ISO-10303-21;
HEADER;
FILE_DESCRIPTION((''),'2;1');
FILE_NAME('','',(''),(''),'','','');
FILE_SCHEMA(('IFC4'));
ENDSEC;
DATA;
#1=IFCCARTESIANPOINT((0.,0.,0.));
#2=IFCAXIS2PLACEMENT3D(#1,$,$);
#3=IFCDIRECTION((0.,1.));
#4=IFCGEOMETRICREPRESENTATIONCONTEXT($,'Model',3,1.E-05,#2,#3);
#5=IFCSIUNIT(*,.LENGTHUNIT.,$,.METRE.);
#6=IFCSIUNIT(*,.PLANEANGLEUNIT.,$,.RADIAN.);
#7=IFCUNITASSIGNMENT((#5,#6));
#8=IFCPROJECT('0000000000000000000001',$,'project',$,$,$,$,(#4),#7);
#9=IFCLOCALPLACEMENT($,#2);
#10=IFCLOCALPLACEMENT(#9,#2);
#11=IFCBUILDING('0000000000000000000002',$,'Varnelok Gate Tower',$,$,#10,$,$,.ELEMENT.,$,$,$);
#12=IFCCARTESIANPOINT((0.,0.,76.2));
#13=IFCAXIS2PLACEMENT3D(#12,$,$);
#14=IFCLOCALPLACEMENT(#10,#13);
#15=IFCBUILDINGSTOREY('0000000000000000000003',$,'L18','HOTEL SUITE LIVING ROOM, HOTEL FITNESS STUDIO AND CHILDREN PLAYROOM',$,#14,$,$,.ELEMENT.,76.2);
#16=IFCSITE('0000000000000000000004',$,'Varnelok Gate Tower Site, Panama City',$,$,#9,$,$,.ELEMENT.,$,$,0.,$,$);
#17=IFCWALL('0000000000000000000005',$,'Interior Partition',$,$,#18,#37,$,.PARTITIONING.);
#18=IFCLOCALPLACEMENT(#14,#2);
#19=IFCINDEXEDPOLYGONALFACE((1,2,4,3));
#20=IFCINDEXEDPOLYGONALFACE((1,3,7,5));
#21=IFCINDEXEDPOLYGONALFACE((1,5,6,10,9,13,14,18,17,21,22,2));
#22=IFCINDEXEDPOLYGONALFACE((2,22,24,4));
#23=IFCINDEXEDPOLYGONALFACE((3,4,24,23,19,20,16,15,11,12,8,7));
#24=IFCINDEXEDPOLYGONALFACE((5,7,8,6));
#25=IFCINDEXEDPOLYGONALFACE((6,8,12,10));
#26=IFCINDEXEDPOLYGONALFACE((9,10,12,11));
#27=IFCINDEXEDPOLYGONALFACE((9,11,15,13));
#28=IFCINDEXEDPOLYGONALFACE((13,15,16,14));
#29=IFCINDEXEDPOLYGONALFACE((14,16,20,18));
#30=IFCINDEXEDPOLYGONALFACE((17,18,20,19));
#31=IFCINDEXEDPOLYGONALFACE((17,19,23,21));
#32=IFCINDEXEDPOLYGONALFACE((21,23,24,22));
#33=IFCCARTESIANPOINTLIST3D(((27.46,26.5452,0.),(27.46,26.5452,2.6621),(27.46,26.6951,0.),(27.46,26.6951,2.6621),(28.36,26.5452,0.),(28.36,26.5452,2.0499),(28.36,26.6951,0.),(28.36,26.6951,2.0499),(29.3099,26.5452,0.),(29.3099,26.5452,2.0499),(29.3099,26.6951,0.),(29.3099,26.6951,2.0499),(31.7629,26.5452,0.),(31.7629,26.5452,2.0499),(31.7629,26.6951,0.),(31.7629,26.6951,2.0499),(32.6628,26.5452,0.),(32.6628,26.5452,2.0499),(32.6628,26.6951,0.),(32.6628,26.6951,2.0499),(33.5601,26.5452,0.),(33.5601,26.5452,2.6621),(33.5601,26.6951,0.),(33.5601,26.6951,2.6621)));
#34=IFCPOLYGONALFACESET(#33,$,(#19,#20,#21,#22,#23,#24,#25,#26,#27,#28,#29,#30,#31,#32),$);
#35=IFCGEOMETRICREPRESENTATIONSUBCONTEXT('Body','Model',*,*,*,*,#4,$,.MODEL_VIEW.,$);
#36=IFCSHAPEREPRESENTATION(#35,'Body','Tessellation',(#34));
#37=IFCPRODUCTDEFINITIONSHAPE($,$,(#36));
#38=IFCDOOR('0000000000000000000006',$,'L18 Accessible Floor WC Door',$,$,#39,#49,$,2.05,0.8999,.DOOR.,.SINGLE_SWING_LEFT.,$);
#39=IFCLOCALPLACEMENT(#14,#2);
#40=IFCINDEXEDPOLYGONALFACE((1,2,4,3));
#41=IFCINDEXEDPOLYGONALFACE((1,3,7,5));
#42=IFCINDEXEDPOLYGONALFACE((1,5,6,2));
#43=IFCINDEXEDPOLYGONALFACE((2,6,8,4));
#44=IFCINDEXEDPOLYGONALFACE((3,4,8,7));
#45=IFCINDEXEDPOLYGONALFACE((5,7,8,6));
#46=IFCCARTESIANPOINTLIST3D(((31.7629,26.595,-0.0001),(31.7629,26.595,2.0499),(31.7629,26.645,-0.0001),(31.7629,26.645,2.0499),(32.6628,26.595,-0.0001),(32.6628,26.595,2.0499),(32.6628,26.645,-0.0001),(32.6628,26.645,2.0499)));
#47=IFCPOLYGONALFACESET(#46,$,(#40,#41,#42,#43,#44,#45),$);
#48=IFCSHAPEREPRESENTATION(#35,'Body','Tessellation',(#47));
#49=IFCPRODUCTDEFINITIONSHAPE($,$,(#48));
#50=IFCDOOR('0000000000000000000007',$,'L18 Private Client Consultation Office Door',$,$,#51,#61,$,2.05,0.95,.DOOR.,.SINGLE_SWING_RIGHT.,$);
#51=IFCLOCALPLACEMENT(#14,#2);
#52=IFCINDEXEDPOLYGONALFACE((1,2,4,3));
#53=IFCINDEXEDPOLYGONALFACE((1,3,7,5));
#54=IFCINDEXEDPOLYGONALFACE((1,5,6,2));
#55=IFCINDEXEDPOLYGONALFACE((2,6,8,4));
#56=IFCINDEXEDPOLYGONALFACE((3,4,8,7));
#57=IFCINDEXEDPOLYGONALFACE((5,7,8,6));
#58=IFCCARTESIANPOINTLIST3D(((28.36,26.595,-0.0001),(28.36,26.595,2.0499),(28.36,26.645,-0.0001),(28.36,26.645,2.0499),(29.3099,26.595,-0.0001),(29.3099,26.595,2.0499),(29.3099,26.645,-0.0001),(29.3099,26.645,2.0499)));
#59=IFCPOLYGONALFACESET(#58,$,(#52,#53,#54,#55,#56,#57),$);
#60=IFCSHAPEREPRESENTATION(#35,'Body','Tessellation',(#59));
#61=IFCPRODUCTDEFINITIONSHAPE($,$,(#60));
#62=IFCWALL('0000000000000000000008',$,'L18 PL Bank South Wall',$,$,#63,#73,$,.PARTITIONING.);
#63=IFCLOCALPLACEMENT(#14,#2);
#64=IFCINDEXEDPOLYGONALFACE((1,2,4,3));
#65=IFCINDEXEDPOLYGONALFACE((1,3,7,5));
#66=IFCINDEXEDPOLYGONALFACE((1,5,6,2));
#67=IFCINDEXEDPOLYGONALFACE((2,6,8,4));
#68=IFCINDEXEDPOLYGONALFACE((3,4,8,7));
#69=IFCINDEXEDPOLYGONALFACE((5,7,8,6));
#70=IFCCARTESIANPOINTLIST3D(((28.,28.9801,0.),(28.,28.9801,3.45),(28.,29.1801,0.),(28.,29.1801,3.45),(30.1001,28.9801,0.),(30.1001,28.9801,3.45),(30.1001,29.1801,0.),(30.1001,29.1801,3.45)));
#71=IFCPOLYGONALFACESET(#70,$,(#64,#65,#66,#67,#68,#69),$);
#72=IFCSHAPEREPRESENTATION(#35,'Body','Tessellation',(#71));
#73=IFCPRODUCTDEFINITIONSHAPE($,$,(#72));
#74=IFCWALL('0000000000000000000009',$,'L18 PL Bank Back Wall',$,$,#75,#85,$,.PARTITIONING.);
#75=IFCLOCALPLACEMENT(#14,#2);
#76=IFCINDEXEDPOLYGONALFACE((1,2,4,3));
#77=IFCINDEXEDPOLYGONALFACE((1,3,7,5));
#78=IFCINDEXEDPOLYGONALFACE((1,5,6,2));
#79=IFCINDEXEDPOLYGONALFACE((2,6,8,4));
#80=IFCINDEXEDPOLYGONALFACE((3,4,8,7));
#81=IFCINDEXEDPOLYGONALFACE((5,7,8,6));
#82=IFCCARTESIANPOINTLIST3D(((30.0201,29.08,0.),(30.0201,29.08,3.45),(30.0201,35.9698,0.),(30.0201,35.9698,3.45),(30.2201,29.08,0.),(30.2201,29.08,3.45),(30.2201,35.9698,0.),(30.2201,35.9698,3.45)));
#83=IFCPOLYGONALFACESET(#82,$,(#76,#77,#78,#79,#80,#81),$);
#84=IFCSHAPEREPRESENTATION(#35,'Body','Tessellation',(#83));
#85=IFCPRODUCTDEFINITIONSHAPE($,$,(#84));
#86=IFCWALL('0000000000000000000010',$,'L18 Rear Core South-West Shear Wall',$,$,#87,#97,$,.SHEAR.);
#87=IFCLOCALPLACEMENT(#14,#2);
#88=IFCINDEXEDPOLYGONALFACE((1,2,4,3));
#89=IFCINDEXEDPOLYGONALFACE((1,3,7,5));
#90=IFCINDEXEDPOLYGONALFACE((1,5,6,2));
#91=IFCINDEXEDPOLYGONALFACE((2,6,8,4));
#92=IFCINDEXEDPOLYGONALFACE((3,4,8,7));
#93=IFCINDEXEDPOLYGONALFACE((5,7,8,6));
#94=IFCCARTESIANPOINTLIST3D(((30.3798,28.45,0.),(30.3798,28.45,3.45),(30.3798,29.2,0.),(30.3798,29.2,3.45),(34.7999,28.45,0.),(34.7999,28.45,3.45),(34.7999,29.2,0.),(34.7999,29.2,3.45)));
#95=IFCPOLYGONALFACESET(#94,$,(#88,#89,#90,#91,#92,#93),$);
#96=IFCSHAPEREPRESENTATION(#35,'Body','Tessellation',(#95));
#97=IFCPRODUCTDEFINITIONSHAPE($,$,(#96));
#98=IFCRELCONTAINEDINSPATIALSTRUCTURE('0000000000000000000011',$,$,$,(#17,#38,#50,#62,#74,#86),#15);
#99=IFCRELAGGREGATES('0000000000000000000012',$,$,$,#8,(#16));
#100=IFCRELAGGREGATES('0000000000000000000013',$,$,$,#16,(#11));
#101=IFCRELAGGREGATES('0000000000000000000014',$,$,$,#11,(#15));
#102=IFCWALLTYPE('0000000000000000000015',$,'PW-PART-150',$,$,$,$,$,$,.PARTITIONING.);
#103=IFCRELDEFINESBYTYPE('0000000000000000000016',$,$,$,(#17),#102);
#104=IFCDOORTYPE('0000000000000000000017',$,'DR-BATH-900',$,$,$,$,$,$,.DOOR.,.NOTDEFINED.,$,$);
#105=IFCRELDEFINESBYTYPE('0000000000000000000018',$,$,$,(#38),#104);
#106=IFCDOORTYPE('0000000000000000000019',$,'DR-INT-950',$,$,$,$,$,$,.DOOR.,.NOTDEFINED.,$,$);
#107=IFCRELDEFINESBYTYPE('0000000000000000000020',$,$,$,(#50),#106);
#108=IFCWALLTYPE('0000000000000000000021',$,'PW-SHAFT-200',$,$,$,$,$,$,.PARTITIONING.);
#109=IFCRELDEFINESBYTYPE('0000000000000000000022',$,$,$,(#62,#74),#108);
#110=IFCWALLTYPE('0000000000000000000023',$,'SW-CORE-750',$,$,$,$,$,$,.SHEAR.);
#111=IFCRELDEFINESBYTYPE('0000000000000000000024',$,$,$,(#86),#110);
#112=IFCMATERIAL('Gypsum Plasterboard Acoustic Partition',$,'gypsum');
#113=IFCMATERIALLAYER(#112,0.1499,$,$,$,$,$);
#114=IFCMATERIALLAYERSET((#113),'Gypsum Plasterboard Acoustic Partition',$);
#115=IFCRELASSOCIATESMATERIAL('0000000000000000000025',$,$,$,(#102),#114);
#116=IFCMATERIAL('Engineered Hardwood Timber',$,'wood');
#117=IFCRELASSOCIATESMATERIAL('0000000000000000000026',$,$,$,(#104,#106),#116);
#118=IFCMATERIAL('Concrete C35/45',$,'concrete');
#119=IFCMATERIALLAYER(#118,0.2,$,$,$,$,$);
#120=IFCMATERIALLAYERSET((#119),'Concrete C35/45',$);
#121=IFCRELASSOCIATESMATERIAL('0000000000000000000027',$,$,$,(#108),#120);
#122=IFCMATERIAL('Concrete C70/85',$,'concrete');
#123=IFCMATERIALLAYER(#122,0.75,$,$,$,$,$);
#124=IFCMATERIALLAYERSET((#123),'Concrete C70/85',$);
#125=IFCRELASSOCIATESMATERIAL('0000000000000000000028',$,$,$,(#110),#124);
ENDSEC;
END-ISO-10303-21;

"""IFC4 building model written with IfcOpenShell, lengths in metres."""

from ifc_helpers import new_model, si_unit, direction, frame, frame_2d, origin, place, context, subcontext, project, spatial, rectangle, extrude, material, layer, layer_set, type_object, element, fill, save


model = new_model("IFC4")

# Units and contexts
model_context = context("Model", 3, precision=1e-05, world=origin(), true_north=direction((0.0, 1.0)))
body_context = subcontext(model_context, "Body", "Model", "MODEL_VIEW")
ifc_project = project(units=[si_unit("LENGTHUNIT", "METRE"), si_unit("PLANEANGLEUNIT", "RADIAN")], contexts=[model_context])

# Site, building, storey
site_placement = place(None, origin())
site = spatial("IfcSite", under=ifc_project, at=site_placement, Name="Varnelok Gate Tower Site, Panama City", CompositionType="ELEMENT", RefElevation=0.0)
building_placement = place(site_placement, origin())
building = spatial("IfcBuilding", under=site, at=building_placement, Name="Varnelok Gate Tower", CompositionType="ELEMENT")
storey_placement = place(building_placement, frame((0.0, 0.0, 76.2)))
storey = spatial("IfcBuildingStorey", under=building, at=storey_placement, Name="L18", Description="HOTEL SUITE LIVING ROOM, HOTEL FITNESS STUDIO AND CHILDREN PLAYROOM", CompositionType="ELEMENT", Elevation=76.2)

# Shared definitions
ifc_material_1 = material(Name="Concrete C70/85", Category="concrete")

# Wall, openings, doors
ifc_material_2 = material(Name="Gypsum Plasterboard Acoustic Partition", Category="gypsum")
ifc_layer_1 = layer(ifc_material_2, 0.1499)
ifc_layer_set_1 = layer_set([ifc_layer_1], Name="Gypsum Plasterboard Acoustic Partition")
wall_type_1 = type_object("IfcWallType", Name="PW-PART-150", PredefinedType="PARTITIONING", material=ifc_layer_set_1)
wall_1_placement = place(storey_placement, frame((27.46, 26.6201, 0.0), z_axis=(0.0, 0.0, 1.0), x_axis=(1.0, 0.0, 0.0)))
wall_1 = element("IfcWall", 1, at=wall_1_placement, inside=storey, type_object=wall_type_1, Name="Interior Partition", PredefinedType="PARTITIONING", context=body_context, shape_type="SweptSolid", body=[
    extrude(rectangle(XDim=6.1001, YDim=0.1499, at=frame_2d((3.05, 0.0))), origin(), (0.0, 0.0, 1.0), 2.6621),
])
opening_1_placement = place(wall_1_placement, frame((0.8999, 0.0, 0.0)))
opening_1 = element("IfcOpeningElement", 2, at=opening_1_placement, cuts=wall_1, PredefinedType="OPENING", context=body_context, shape_type="SweptSolid", body=[
    extrude(rectangle(XDim=0.95, YDim=2.05, at=frame_2d((0.4751, 1.0249))), frame((0.0, 0.085, 0.0), z_axis=(0.0, -1.0, 0.0), x_axis=(1.0, 0.0, 0.0)), (0.0, 0.0, 1.0), 0.1699),
])
opening_2_placement = place(wall_1_placement, frame((4.303, 0.0, 0.0)))
opening_2 = element("IfcOpeningElement", 3, at=opening_2_placement, cuts=wall_1, PredefinedType="OPENING", context=body_context, shape_type="SweptSolid", body=[
    extrude(rectangle(XDim=0.8999, YDim=2.05, at=frame_2d((0.45, 1.0249))), frame((0.0, 0.085, 0.0), z_axis=(0.0, -1.0, 0.0), x_axis=(1.0, 0.0, 0.0)), (0.0, 0.0, 1.0), 0.1699),
])
ifc_material_3 = material(Name="Engineered Hardwood Timber", Category="wood")
door_type_1 = type_object("IfcDoorType", Name="DR-BATH-900", OperationType="NOTDEFINED", PredefinedType="DOOR", material=ifc_material_3)
door_1_placement = place(opening_2_placement, origin())
door_1 = element("IfcDoor", 4, at=door_1_placement, inside=storey, type_object=door_type_1, Name="L18 Accessible Floor WC Door", OperationType="SINGLE_SWING_LEFT", OverallHeight=2.05, OverallWidth=0.8999, PredefinedType="DOOR", context=body_context, shape_type="SweptSolid", body=[
    extrude(rectangle(XDim=0.8999, YDim=2.05, at=frame_2d((0.45, 1.0249))), frame((0.0, 0.0249, 0.0), z_axis=(0.0, -1.0, 0.0), x_axis=(1.0, 0.0, 0.0)), (0.0, 0.0, 1.0), 0.05),
])
fill(opening_2, door_1)
door_type_2 = type_object("IfcDoorType", Name="DR-INT-950", OperationType="NOTDEFINED", PredefinedType="DOOR", material=ifc_material_3)
door_2_placement = place(opening_1_placement, origin())
door_2 = element("IfcDoor", 5, at=door_2_placement, inside=storey, type_object=door_type_2, Name="L18 Private Client Consultation Office Door", OperationType="SINGLE_SWING_RIGHT", OverallHeight=2.05, OverallWidth=0.95, PredefinedType="DOOR", context=body_context, shape_type="SweptSolid", body=[
    extrude(rectangle(XDim=0.95, YDim=2.05, at=frame_2d((0.4751, 1.0249))), frame((0.0, 0.0249, 0.0), z_axis=(0.0, -1.0, 0.0), x_axis=(1.0, 0.0, 0.0)), (0.0, 0.0, 1.0), 0.05),
])
fill(opening_1, door_2)

# Walls
ifc_material_4 = material(Name="Concrete C35/45", Category="concrete")
ifc_layer_2 = layer(ifc_material_4, 0.2)
ifc_layer_set_2 = layer_set([ifc_layer_2], Name="Concrete C35/45")
wall_type_2 = type_object("IfcWallType", Name="PW-SHAFT-200", PredefinedType="PARTITIONING", material=ifc_layer_set_2)
wall_2_placement = place(storey_placement, frame((28.0, 29.0801, 0.0), z_axis=(0.0, 0.0, 1.0), x_axis=(1.0, 0.0, 0.0)))
element("IfcWall", 6, at=wall_2_placement, inside=storey, type_object=wall_type_2, Name="L18 PL Bank South Wall", PredefinedType="PARTITIONING", context=body_context, shape_type="SweptSolid", body=[
    extrude(rectangle(XDim=2.1001, YDim=0.2, at=frame_2d((1.05, 0.0))), origin(), (0.0, 0.0, 1.0), 3.45),
])
wall_3_placement = place(storey_placement, frame((30.1201, 29.0801, 0.0), z_axis=(0.0, 0.0, 1.0), x_axis=(0.0, 1.0, 0.0)))
element("IfcWall", 7, at=wall_3_placement, inside=storey, type_object=wall_type_2, Name="L18 PL Bank Back Wall", PredefinedType="PARTITIONING", context=body_context, shape_type="SweptSolid", body=[
    extrude(rectangle(XDim=6.8899, YDim=0.2, at=frame_2d((3.4448, 0.0))), origin(), (0.0, 0.0, 1.0), 3.45),
])

# Wall
ifc_layer_3 = layer(ifc_material_1, 0.75)
ifc_layer_set_3 = layer_set([ifc_layer_3], Name="Concrete C70/85")
wall_type_3 = type_object("IfcWallType", Name="SW-CORE-750", PredefinedType="SHEAR", material=ifc_layer_set_3)
wall_4_placement = place(storey_placement, frame((30.3799, 28.825, 0.0), z_axis=(0.0, 0.0, 1.0), x_axis=(1.0, 0.0, 0.0)))
element("IfcWall", 8, at=wall_4_placement, inside=storey, type_object=wall_type_3, Name="L18 Rear Core South-West Shear Wall", PredefinedType="SHEAR", context=body_context, shape_type="SweptSolid", body=[
    extrude(rectangle(XDim=4.4202, YDim=0.75, at=frame_2d((2.21, 0.0))), origin(), (0.0, 0.0, 1.0), 3.45),
])

save(model, "model.ifc")
